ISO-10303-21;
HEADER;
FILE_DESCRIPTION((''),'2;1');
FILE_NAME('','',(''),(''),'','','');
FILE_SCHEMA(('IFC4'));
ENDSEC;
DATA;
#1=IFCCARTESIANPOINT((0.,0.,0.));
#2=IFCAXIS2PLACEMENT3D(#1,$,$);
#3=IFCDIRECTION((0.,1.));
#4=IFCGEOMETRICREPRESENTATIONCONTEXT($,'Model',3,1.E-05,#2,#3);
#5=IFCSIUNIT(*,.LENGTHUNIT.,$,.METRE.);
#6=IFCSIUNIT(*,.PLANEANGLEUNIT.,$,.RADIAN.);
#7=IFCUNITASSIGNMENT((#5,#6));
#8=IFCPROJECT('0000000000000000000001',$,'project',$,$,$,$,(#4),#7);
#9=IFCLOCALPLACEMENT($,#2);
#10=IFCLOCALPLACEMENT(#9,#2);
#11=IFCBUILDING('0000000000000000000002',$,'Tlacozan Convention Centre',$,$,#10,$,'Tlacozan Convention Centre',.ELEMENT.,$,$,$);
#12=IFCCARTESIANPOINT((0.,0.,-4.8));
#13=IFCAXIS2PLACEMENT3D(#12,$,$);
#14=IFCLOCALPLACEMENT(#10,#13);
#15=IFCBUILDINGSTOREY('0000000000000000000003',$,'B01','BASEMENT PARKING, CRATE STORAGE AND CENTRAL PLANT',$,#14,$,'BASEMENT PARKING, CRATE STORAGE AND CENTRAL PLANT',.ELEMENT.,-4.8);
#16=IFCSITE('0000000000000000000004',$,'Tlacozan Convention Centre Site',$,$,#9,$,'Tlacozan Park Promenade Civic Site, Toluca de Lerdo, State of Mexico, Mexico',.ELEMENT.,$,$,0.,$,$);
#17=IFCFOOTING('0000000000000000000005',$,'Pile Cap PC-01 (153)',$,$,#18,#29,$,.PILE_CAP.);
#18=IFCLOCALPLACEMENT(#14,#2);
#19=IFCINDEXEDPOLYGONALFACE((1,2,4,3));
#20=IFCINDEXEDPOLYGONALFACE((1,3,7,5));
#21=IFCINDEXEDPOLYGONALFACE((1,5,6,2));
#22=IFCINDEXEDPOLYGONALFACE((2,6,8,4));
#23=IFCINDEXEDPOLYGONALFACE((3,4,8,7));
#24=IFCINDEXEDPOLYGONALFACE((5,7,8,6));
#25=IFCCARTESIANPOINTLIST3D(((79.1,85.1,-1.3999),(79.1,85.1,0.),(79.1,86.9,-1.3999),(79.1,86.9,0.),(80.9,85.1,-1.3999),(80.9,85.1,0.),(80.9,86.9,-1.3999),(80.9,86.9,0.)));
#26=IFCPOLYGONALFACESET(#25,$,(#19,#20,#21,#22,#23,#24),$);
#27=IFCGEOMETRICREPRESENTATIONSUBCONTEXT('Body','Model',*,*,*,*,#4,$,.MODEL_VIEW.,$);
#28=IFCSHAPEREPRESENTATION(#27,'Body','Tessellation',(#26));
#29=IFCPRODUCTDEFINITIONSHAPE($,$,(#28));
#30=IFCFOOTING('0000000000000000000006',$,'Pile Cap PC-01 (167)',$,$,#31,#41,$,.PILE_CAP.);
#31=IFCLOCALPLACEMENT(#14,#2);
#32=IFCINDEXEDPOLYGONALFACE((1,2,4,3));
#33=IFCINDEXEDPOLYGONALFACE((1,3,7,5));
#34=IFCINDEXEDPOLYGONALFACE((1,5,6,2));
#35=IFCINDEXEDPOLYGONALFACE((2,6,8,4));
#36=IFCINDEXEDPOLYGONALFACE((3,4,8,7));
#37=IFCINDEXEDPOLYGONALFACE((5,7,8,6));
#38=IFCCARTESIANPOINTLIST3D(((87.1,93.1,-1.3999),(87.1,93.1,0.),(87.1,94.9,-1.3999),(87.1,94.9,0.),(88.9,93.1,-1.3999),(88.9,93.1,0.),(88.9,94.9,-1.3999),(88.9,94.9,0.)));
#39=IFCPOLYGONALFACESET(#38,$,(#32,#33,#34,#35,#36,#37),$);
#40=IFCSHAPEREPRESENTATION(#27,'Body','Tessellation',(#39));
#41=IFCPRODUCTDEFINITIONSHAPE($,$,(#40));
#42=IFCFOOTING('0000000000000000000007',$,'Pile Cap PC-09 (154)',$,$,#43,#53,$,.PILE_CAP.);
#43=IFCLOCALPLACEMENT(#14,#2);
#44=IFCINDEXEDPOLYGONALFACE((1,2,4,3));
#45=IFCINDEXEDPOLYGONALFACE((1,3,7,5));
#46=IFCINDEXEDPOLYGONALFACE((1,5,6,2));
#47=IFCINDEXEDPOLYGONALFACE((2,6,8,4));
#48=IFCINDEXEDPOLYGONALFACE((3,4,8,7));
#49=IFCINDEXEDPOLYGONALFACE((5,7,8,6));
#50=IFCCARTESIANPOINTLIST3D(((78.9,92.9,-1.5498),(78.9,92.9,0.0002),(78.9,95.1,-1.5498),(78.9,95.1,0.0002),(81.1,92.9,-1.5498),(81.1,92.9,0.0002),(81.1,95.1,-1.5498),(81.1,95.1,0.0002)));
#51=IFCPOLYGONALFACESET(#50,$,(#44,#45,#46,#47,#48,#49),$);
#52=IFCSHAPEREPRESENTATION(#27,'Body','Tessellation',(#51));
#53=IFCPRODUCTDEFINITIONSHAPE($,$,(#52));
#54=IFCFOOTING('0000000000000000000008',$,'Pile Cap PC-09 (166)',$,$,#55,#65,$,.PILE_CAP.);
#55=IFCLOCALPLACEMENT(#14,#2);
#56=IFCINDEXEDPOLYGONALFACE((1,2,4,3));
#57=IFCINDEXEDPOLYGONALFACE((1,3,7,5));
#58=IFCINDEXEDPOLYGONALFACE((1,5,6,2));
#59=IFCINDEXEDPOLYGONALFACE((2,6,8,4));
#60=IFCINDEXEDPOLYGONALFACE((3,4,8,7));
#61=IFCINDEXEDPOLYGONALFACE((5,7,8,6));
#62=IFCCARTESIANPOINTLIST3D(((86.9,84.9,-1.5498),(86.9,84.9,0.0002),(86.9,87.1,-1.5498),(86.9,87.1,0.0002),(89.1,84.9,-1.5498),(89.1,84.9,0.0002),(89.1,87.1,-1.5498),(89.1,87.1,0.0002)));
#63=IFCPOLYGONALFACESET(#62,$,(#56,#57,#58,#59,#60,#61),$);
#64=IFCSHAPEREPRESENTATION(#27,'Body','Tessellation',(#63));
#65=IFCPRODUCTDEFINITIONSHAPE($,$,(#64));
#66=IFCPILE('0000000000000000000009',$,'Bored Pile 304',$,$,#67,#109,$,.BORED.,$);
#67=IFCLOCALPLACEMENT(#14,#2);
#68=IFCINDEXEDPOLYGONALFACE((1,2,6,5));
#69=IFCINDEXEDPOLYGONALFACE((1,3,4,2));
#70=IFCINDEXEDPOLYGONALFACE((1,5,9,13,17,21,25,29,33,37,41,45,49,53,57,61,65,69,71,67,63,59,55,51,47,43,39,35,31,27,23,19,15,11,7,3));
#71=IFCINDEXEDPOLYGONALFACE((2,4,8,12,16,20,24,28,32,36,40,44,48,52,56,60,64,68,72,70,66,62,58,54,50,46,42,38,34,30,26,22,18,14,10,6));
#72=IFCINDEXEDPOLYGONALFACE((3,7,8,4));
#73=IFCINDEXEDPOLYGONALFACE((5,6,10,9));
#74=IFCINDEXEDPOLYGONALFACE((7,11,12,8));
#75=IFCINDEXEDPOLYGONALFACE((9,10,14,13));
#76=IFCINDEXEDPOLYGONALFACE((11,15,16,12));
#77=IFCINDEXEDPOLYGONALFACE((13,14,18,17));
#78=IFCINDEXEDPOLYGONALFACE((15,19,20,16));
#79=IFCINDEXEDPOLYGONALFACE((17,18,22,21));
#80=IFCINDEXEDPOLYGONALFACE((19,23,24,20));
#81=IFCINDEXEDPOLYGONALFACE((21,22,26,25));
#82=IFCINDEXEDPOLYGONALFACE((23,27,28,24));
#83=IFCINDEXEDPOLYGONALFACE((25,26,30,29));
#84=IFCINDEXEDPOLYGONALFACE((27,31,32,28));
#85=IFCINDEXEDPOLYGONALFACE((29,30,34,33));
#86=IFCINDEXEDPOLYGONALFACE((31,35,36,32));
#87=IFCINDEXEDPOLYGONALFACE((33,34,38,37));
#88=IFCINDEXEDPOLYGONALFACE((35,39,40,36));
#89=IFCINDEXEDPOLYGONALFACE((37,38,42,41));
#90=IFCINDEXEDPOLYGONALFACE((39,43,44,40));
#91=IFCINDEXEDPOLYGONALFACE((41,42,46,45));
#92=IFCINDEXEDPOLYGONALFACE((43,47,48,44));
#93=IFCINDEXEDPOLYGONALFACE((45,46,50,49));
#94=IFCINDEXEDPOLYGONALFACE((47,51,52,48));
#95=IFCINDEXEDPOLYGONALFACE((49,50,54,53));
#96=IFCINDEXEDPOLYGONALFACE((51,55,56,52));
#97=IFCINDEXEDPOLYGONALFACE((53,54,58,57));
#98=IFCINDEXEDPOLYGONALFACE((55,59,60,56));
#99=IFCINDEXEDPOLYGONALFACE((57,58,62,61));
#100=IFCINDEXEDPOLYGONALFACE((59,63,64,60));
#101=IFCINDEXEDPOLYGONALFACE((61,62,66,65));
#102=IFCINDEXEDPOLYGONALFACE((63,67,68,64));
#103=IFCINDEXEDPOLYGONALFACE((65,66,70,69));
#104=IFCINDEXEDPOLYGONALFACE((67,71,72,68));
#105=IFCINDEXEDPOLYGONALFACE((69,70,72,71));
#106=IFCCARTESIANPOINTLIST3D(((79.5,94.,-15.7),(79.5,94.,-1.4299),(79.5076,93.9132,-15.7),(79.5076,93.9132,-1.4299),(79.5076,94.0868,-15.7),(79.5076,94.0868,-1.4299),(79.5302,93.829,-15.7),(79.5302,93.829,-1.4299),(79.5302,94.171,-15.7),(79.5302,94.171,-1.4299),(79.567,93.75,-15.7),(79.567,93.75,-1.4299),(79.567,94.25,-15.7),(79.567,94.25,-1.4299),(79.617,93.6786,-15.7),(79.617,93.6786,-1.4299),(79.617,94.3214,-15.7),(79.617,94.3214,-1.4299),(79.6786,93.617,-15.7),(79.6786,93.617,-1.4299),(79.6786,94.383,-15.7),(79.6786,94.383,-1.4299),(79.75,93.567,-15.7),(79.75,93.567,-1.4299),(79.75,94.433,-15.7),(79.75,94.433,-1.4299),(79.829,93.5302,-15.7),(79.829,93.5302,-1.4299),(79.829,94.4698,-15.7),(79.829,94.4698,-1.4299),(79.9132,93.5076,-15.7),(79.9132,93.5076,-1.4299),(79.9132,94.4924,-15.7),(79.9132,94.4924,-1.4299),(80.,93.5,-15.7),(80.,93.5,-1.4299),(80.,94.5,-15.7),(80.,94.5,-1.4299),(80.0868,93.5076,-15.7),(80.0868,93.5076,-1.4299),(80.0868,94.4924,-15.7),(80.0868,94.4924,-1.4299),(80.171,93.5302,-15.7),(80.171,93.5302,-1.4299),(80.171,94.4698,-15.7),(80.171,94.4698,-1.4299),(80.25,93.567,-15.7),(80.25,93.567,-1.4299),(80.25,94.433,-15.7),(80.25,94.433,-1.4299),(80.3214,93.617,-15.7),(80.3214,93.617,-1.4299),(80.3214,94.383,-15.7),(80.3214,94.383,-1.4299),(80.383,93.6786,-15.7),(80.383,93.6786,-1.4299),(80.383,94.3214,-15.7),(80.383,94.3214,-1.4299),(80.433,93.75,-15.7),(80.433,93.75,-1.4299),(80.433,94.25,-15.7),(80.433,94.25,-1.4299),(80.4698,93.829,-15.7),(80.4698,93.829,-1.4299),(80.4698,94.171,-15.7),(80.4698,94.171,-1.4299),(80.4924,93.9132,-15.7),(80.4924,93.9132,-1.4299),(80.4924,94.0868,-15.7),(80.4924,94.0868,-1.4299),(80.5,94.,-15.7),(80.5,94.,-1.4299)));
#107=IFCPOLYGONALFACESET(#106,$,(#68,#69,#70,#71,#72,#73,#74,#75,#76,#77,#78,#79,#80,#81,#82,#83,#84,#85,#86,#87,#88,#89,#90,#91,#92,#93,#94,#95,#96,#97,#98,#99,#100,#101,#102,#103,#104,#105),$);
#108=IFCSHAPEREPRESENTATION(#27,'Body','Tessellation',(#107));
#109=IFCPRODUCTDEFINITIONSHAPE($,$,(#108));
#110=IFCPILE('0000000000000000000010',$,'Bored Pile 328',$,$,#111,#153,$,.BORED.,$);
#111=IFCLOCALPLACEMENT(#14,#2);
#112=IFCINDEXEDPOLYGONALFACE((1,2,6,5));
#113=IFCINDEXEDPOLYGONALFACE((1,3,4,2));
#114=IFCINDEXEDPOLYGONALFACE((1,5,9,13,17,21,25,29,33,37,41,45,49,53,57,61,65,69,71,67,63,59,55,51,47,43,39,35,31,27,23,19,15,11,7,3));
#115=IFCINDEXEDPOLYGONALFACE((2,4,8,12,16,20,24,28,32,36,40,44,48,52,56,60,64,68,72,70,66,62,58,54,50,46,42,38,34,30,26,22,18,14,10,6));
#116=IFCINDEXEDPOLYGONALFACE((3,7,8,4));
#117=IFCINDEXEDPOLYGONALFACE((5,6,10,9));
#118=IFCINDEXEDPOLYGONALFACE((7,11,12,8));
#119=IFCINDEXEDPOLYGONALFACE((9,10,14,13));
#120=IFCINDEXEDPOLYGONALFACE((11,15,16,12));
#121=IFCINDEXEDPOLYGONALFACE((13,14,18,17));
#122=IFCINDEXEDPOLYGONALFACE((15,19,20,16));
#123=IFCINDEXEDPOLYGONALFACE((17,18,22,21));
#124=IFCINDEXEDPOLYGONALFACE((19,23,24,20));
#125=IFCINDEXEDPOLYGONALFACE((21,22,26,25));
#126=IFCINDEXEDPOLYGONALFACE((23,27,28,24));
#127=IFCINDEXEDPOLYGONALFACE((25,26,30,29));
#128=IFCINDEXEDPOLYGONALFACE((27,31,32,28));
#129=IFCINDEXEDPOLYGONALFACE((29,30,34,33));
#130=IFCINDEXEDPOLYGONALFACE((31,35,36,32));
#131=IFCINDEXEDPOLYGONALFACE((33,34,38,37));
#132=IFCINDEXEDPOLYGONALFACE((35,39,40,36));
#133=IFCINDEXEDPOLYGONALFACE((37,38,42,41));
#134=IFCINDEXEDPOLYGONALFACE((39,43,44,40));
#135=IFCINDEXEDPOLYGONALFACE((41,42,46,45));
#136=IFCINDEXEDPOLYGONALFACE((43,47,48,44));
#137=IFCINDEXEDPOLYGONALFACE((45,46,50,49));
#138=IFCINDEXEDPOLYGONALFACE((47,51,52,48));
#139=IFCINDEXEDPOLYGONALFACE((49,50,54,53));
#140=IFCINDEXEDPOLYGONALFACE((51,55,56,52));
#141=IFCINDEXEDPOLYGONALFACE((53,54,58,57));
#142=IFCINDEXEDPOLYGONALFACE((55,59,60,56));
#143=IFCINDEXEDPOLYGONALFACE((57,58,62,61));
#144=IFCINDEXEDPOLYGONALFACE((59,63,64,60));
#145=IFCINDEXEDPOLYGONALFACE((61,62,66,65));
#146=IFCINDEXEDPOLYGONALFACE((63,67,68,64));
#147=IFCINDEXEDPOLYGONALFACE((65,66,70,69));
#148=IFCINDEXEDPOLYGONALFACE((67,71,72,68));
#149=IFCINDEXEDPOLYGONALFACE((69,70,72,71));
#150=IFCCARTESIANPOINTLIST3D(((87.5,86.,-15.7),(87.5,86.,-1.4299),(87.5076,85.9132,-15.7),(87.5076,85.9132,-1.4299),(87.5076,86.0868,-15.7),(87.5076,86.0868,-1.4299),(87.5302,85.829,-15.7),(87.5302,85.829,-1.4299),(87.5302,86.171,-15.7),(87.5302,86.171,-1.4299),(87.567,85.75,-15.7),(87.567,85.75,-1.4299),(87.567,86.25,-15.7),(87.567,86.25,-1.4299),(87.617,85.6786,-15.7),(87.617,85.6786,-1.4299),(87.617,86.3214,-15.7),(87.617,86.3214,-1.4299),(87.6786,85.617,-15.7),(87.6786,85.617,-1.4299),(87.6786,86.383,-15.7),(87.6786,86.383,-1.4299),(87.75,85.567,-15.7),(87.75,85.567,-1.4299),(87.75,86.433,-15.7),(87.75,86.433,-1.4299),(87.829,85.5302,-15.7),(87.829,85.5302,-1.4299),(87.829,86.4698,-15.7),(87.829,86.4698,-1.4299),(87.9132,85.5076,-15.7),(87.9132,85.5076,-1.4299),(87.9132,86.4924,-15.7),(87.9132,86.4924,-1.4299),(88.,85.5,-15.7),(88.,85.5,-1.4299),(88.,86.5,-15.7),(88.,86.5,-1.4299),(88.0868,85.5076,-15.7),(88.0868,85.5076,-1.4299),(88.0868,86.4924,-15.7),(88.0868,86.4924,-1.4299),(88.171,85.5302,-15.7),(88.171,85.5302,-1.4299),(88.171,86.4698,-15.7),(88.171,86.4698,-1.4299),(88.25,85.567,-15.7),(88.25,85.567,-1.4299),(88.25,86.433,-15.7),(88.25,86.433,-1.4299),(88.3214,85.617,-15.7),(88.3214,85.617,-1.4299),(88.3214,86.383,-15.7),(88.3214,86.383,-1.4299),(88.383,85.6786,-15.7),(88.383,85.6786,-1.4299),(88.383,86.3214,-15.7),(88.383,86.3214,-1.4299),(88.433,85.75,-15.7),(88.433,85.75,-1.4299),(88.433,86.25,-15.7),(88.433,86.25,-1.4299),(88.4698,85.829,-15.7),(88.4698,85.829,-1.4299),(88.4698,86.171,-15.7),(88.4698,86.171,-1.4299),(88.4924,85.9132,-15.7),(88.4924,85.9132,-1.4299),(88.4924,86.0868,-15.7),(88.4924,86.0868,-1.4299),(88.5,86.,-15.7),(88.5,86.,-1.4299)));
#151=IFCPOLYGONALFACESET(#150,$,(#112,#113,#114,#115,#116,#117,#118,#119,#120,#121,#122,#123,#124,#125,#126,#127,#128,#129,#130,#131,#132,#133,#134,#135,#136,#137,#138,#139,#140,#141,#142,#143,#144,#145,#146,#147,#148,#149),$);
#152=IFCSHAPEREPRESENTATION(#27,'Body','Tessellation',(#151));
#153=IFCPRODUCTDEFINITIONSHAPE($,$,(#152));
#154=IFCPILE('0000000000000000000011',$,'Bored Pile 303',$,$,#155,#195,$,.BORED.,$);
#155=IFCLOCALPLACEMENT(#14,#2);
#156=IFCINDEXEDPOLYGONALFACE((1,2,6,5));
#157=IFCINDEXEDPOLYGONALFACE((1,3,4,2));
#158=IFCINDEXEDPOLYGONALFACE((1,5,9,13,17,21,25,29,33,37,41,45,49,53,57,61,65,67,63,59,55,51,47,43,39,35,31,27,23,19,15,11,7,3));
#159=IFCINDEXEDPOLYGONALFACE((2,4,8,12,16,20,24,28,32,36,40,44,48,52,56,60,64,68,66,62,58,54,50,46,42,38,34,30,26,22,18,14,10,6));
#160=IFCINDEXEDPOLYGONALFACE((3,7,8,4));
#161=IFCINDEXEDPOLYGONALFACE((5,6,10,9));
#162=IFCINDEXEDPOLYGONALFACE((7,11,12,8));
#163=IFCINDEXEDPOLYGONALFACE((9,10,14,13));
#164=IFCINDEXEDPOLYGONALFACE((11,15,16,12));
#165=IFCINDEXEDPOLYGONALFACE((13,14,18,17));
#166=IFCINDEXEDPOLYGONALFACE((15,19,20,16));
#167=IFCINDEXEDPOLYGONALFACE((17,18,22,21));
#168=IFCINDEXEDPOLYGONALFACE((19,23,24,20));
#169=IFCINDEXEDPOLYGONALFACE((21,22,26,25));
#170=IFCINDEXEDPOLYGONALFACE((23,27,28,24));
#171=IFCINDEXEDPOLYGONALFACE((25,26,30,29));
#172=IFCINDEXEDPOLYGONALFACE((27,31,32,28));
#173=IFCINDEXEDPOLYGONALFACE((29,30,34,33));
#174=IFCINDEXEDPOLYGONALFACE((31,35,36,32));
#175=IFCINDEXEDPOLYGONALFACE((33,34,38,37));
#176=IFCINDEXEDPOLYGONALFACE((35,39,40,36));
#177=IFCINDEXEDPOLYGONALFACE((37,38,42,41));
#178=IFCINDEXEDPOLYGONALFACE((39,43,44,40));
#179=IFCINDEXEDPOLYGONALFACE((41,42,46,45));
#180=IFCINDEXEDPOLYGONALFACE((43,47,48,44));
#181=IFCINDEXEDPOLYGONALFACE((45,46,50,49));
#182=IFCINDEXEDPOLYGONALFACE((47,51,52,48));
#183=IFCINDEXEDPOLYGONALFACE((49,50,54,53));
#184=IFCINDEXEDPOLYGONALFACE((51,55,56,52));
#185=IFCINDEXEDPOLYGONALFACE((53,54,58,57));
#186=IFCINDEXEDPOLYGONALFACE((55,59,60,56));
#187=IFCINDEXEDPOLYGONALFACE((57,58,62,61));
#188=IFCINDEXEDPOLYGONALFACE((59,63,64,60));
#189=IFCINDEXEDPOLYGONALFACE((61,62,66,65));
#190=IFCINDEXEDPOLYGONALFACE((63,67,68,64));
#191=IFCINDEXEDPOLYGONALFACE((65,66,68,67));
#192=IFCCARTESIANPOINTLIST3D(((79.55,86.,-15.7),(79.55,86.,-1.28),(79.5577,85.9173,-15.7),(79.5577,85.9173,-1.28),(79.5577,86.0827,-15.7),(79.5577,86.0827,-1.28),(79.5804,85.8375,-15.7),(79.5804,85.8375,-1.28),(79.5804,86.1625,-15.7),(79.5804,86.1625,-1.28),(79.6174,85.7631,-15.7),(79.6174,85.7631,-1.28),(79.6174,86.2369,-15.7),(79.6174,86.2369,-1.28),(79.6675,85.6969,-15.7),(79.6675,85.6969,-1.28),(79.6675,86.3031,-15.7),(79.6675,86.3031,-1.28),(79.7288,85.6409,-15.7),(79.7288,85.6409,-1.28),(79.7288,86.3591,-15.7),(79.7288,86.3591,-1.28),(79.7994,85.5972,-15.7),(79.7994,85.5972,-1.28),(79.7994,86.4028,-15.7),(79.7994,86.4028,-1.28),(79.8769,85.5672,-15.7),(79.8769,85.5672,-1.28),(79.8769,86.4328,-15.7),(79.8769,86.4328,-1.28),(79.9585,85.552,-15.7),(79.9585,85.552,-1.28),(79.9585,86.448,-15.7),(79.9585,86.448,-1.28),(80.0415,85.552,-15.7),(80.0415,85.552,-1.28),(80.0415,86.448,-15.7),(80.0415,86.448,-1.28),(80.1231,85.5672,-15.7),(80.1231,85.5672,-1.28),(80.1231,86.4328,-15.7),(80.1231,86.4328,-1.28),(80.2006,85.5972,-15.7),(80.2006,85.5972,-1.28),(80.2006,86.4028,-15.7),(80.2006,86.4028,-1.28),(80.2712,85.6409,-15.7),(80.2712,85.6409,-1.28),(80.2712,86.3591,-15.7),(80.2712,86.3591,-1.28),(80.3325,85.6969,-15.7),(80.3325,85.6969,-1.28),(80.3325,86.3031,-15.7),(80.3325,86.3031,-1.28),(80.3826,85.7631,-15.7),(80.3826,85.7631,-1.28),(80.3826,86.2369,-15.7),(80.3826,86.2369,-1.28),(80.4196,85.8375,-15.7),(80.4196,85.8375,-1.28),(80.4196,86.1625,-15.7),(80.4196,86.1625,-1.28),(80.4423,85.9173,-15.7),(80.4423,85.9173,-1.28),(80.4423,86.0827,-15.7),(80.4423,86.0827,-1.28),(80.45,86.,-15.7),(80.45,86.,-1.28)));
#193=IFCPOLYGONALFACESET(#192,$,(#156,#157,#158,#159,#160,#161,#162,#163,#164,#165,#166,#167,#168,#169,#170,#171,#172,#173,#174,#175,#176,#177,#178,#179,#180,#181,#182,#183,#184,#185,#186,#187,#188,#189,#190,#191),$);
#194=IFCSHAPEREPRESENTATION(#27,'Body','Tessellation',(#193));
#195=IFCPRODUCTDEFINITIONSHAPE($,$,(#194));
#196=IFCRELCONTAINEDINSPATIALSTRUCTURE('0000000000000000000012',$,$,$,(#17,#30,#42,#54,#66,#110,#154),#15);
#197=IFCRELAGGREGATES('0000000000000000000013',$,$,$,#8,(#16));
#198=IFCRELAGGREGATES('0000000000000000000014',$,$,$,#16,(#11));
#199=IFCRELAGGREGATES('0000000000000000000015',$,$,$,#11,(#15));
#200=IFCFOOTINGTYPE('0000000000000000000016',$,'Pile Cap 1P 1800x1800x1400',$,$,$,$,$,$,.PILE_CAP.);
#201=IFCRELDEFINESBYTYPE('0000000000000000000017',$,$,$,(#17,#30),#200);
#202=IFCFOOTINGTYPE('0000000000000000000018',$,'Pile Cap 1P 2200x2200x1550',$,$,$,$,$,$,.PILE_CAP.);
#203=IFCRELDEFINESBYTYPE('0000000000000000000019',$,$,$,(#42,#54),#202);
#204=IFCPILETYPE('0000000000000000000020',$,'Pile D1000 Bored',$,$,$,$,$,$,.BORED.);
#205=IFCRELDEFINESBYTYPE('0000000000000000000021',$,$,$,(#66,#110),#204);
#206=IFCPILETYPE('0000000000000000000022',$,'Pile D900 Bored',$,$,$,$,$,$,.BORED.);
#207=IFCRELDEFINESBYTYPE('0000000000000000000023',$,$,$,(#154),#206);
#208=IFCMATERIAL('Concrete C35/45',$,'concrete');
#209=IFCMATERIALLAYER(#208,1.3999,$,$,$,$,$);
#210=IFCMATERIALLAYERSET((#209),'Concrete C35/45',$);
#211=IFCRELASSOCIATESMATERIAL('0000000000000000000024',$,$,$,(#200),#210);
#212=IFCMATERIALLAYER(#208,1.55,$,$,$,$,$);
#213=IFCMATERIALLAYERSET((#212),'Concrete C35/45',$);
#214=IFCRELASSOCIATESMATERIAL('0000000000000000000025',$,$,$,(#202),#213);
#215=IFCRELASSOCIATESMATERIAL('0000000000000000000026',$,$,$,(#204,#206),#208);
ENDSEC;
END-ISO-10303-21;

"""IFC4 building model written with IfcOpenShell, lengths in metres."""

from ifc_helpers import new_model, si_unit, direction, frame, origin, origin_2d, place, context, subcontext, project, spatial, rectangle, circle, extrude, material, layer, layer_set, material_profile, profile_set, type_object, element, save


model = new_model("IFC4")

# Units and contexts
model_context = context("Model", 3, precision=1e-05, world=origin(), true_north=direction((0.0, 1.0)))
body_context = subcontext(model_context, "Body", "Model", "MODEL_VIEW")
ifc_project = project(units=[si_unit("LENGTHUNIT", "METRE"), si_unit("PLANEANGLEUNIT", "RADIAN")], contexts=[model_context])

# Site, building, storey
site_placement = place(None, origin())
site = spatial("IfcSite", under=ifc_project, at=site_placement, Name="Tlacozan Convention Centre Site", LongName="Tlacozan Park Promenade Civic Site, Toluca de Lerdo, State of Mexico, Mexico", CompositionType="ELEMENT", RefElevation=0.0)
building_placement = place(site_placement, origin())
building = spatial("IfcBuilding", under=site, at=building_placement, Name="Tlacozan Convention Centre", LongName="Tlacozan Convention Centre", CompositionType="ELEMENT")
storey_placement = place(building_placement, frame((0.0, 0.0, -4.8)))
storey = spatial("IfcBuildingStorey", under=building, at=storey_placement, Name="B01", Description="BASEMENT PARKING, CRATE STORAGE AND CENTRAL PLANT", LongName="BASEMENT PARKING, CRATE STORAGE AND CENTRAL PLANT", CompositionType="ELEMENT", Elevation=-4.8)

# Footings
ifc_material_1 = material(Name="Concrete C35/45", Category="concrete")
ifc_layer_1 = layer(ifc_material_1, 1.3999)
ifc_layer_set_1 = layer_set([ifc_layer_1], Name="Concrete C35/45")
footing_type_1 = type_object("IfcFootingType", Name="Pile Cap 1P 1800x1800x1400", PredefinedType="PILE_CAP", material=ifc_layer_set_1)
for number, where, z_axis, x_axis, name in (
    (1, (80.0, 86.0, -1.3999), (0.0, 0.0, 1.0), (1.0, 0.0, 0.0), "Pile Cap PC-01 (153)"),
    (2, (88.0, 94.0, -1.3999), (0.0, 0.0, 1.0), (1.0, 0.0, 0.0), "Pile Cap PC-01 (167)"),
):
    element("IfcFooting", number, at=place(storey_placement, frame(where, z_axis=z_axis, x_axis=x_axis)), inside=storey, type_object=footing_type_1, Name=name, PredefinedType="PILE_CAP", context=body_context, shape_type="SweptSolid", body=[
        extrude(rectangle(XDim=1.8, YDim=1.8, at=origin_2d()), origin(), (0.0, 0.0, 1.0), 1.3999),
    ])
ifc_layer_2 = layer(ifc_material_1, 1.55)
ifc_layer_set_2 = layer_set([ifc_layer_2], Name="Concrete C35/45")
footing_type_2 = type_object("IfcFootingType", Name="Pile Cap 1P 2200x2200x1550", PredefinedType="PILE_CAP", material=ifc_layer_set_2)
for number, where, z_axis, x_axis, name in (
    (3, (80.0, 94.0, -1.5498), (0.0, 0.0, 1.0), (1.0, 0.0, 0.0), "Pile Cap PC-09 (154)"),
    (4, (88.0, 86.0, -1.5498), (0.0, 0.0, 1.0), (1.0, 0.0, 0.0), "Pile Cap PC-09 (166)"),
):
    element("IfcFooting", number, at=place(storey_placement, frame(where, z_axis=z_axis, x_axis=x_axis)), inside=storey, type_object=footing_type_2, Name=name, PredefinedType="PILE_CAP", context=body_context, shape_type="SweptSolid", body=[
        extrude(rectangle(XDim=2.2, YDim=2.2, at=origin_2d()), origin(), (0.0, 0.0, 1.0), 1.55),
    ])

# Piles
ifc_material_profile_1 = material_profile(ifc_material_1, circle(Radius=0.5, at=origin_2d()), Name="PILE D1000")
ifc_profile_set_1 = profile_set([ifc_material_profile_1], Name="Concrete C35/45")
pile_type_1 = type_object("IfcPileType", Name="Pile D1000 Bored", PredefinedType="BORED", material=ifc_profile_set_1)
for number, where, z_axis, x_axis, name in (
    (5, (80.0, 94.0, -1.4299), (0.0, 0.0, -1.0), (1.0, 0.0, 0.0), "Bored Pile 304"),
    (6, (88.0, 86.0, -1.4299), (0.0, 0.0, -1.0), (1.0, 0.0, 0.0), "Bored Pile 328"),
):
    element("IfcPile", number, at=place(storey_placement, frame(where, z_axis=z_axis, x_axis=x_axis)), inside=storey, type_object=pile_type_1, Name=name, PredefinedType="BORED", context=body_context, shape_type="SweptSolid", body=[
        extrude(circle(Radius=0.5, at=origin_2d()), origin(), (0.0, 0.0, 1.0), 14.27),
    ])
ifc_material_profile_2 = material_profile(ifc_material_1, circle(Radius=0.45, at=origin_2d()), Name="PILE D900")
ifc_profile_set_2 = profile_set([ifc_material_profile_2], Name="Concrete C35/45")
pile_type_2 = type_object("IfcPileType", Name="Pile D900 Bored", PredefinedType="BORED", material=ifc_profile_set_2)
for number, where, z_axis, x_axis, name in (
    (7, (80.0, 86.0, -1.28), (0.0, 0.0, -1.0), (1.0, 0.0, 0.0), "Bored Pile 303"),
):
    element("IfcPile", number, at=place(storey_placement, frame(where, z_axis=z_axis, x_axis=x_axis)), inside=storey, type_object=pile_type_2, Name=name, PredefinedType="BORED", context=body_context, shape_type="SweptSolid", body=[
        extrude(circle(Radius=0.45, at=origin_2d()), origin(), (0.0, 0.0, 1.0), 14.4199),
    ])

save(model, "model.ifc")
